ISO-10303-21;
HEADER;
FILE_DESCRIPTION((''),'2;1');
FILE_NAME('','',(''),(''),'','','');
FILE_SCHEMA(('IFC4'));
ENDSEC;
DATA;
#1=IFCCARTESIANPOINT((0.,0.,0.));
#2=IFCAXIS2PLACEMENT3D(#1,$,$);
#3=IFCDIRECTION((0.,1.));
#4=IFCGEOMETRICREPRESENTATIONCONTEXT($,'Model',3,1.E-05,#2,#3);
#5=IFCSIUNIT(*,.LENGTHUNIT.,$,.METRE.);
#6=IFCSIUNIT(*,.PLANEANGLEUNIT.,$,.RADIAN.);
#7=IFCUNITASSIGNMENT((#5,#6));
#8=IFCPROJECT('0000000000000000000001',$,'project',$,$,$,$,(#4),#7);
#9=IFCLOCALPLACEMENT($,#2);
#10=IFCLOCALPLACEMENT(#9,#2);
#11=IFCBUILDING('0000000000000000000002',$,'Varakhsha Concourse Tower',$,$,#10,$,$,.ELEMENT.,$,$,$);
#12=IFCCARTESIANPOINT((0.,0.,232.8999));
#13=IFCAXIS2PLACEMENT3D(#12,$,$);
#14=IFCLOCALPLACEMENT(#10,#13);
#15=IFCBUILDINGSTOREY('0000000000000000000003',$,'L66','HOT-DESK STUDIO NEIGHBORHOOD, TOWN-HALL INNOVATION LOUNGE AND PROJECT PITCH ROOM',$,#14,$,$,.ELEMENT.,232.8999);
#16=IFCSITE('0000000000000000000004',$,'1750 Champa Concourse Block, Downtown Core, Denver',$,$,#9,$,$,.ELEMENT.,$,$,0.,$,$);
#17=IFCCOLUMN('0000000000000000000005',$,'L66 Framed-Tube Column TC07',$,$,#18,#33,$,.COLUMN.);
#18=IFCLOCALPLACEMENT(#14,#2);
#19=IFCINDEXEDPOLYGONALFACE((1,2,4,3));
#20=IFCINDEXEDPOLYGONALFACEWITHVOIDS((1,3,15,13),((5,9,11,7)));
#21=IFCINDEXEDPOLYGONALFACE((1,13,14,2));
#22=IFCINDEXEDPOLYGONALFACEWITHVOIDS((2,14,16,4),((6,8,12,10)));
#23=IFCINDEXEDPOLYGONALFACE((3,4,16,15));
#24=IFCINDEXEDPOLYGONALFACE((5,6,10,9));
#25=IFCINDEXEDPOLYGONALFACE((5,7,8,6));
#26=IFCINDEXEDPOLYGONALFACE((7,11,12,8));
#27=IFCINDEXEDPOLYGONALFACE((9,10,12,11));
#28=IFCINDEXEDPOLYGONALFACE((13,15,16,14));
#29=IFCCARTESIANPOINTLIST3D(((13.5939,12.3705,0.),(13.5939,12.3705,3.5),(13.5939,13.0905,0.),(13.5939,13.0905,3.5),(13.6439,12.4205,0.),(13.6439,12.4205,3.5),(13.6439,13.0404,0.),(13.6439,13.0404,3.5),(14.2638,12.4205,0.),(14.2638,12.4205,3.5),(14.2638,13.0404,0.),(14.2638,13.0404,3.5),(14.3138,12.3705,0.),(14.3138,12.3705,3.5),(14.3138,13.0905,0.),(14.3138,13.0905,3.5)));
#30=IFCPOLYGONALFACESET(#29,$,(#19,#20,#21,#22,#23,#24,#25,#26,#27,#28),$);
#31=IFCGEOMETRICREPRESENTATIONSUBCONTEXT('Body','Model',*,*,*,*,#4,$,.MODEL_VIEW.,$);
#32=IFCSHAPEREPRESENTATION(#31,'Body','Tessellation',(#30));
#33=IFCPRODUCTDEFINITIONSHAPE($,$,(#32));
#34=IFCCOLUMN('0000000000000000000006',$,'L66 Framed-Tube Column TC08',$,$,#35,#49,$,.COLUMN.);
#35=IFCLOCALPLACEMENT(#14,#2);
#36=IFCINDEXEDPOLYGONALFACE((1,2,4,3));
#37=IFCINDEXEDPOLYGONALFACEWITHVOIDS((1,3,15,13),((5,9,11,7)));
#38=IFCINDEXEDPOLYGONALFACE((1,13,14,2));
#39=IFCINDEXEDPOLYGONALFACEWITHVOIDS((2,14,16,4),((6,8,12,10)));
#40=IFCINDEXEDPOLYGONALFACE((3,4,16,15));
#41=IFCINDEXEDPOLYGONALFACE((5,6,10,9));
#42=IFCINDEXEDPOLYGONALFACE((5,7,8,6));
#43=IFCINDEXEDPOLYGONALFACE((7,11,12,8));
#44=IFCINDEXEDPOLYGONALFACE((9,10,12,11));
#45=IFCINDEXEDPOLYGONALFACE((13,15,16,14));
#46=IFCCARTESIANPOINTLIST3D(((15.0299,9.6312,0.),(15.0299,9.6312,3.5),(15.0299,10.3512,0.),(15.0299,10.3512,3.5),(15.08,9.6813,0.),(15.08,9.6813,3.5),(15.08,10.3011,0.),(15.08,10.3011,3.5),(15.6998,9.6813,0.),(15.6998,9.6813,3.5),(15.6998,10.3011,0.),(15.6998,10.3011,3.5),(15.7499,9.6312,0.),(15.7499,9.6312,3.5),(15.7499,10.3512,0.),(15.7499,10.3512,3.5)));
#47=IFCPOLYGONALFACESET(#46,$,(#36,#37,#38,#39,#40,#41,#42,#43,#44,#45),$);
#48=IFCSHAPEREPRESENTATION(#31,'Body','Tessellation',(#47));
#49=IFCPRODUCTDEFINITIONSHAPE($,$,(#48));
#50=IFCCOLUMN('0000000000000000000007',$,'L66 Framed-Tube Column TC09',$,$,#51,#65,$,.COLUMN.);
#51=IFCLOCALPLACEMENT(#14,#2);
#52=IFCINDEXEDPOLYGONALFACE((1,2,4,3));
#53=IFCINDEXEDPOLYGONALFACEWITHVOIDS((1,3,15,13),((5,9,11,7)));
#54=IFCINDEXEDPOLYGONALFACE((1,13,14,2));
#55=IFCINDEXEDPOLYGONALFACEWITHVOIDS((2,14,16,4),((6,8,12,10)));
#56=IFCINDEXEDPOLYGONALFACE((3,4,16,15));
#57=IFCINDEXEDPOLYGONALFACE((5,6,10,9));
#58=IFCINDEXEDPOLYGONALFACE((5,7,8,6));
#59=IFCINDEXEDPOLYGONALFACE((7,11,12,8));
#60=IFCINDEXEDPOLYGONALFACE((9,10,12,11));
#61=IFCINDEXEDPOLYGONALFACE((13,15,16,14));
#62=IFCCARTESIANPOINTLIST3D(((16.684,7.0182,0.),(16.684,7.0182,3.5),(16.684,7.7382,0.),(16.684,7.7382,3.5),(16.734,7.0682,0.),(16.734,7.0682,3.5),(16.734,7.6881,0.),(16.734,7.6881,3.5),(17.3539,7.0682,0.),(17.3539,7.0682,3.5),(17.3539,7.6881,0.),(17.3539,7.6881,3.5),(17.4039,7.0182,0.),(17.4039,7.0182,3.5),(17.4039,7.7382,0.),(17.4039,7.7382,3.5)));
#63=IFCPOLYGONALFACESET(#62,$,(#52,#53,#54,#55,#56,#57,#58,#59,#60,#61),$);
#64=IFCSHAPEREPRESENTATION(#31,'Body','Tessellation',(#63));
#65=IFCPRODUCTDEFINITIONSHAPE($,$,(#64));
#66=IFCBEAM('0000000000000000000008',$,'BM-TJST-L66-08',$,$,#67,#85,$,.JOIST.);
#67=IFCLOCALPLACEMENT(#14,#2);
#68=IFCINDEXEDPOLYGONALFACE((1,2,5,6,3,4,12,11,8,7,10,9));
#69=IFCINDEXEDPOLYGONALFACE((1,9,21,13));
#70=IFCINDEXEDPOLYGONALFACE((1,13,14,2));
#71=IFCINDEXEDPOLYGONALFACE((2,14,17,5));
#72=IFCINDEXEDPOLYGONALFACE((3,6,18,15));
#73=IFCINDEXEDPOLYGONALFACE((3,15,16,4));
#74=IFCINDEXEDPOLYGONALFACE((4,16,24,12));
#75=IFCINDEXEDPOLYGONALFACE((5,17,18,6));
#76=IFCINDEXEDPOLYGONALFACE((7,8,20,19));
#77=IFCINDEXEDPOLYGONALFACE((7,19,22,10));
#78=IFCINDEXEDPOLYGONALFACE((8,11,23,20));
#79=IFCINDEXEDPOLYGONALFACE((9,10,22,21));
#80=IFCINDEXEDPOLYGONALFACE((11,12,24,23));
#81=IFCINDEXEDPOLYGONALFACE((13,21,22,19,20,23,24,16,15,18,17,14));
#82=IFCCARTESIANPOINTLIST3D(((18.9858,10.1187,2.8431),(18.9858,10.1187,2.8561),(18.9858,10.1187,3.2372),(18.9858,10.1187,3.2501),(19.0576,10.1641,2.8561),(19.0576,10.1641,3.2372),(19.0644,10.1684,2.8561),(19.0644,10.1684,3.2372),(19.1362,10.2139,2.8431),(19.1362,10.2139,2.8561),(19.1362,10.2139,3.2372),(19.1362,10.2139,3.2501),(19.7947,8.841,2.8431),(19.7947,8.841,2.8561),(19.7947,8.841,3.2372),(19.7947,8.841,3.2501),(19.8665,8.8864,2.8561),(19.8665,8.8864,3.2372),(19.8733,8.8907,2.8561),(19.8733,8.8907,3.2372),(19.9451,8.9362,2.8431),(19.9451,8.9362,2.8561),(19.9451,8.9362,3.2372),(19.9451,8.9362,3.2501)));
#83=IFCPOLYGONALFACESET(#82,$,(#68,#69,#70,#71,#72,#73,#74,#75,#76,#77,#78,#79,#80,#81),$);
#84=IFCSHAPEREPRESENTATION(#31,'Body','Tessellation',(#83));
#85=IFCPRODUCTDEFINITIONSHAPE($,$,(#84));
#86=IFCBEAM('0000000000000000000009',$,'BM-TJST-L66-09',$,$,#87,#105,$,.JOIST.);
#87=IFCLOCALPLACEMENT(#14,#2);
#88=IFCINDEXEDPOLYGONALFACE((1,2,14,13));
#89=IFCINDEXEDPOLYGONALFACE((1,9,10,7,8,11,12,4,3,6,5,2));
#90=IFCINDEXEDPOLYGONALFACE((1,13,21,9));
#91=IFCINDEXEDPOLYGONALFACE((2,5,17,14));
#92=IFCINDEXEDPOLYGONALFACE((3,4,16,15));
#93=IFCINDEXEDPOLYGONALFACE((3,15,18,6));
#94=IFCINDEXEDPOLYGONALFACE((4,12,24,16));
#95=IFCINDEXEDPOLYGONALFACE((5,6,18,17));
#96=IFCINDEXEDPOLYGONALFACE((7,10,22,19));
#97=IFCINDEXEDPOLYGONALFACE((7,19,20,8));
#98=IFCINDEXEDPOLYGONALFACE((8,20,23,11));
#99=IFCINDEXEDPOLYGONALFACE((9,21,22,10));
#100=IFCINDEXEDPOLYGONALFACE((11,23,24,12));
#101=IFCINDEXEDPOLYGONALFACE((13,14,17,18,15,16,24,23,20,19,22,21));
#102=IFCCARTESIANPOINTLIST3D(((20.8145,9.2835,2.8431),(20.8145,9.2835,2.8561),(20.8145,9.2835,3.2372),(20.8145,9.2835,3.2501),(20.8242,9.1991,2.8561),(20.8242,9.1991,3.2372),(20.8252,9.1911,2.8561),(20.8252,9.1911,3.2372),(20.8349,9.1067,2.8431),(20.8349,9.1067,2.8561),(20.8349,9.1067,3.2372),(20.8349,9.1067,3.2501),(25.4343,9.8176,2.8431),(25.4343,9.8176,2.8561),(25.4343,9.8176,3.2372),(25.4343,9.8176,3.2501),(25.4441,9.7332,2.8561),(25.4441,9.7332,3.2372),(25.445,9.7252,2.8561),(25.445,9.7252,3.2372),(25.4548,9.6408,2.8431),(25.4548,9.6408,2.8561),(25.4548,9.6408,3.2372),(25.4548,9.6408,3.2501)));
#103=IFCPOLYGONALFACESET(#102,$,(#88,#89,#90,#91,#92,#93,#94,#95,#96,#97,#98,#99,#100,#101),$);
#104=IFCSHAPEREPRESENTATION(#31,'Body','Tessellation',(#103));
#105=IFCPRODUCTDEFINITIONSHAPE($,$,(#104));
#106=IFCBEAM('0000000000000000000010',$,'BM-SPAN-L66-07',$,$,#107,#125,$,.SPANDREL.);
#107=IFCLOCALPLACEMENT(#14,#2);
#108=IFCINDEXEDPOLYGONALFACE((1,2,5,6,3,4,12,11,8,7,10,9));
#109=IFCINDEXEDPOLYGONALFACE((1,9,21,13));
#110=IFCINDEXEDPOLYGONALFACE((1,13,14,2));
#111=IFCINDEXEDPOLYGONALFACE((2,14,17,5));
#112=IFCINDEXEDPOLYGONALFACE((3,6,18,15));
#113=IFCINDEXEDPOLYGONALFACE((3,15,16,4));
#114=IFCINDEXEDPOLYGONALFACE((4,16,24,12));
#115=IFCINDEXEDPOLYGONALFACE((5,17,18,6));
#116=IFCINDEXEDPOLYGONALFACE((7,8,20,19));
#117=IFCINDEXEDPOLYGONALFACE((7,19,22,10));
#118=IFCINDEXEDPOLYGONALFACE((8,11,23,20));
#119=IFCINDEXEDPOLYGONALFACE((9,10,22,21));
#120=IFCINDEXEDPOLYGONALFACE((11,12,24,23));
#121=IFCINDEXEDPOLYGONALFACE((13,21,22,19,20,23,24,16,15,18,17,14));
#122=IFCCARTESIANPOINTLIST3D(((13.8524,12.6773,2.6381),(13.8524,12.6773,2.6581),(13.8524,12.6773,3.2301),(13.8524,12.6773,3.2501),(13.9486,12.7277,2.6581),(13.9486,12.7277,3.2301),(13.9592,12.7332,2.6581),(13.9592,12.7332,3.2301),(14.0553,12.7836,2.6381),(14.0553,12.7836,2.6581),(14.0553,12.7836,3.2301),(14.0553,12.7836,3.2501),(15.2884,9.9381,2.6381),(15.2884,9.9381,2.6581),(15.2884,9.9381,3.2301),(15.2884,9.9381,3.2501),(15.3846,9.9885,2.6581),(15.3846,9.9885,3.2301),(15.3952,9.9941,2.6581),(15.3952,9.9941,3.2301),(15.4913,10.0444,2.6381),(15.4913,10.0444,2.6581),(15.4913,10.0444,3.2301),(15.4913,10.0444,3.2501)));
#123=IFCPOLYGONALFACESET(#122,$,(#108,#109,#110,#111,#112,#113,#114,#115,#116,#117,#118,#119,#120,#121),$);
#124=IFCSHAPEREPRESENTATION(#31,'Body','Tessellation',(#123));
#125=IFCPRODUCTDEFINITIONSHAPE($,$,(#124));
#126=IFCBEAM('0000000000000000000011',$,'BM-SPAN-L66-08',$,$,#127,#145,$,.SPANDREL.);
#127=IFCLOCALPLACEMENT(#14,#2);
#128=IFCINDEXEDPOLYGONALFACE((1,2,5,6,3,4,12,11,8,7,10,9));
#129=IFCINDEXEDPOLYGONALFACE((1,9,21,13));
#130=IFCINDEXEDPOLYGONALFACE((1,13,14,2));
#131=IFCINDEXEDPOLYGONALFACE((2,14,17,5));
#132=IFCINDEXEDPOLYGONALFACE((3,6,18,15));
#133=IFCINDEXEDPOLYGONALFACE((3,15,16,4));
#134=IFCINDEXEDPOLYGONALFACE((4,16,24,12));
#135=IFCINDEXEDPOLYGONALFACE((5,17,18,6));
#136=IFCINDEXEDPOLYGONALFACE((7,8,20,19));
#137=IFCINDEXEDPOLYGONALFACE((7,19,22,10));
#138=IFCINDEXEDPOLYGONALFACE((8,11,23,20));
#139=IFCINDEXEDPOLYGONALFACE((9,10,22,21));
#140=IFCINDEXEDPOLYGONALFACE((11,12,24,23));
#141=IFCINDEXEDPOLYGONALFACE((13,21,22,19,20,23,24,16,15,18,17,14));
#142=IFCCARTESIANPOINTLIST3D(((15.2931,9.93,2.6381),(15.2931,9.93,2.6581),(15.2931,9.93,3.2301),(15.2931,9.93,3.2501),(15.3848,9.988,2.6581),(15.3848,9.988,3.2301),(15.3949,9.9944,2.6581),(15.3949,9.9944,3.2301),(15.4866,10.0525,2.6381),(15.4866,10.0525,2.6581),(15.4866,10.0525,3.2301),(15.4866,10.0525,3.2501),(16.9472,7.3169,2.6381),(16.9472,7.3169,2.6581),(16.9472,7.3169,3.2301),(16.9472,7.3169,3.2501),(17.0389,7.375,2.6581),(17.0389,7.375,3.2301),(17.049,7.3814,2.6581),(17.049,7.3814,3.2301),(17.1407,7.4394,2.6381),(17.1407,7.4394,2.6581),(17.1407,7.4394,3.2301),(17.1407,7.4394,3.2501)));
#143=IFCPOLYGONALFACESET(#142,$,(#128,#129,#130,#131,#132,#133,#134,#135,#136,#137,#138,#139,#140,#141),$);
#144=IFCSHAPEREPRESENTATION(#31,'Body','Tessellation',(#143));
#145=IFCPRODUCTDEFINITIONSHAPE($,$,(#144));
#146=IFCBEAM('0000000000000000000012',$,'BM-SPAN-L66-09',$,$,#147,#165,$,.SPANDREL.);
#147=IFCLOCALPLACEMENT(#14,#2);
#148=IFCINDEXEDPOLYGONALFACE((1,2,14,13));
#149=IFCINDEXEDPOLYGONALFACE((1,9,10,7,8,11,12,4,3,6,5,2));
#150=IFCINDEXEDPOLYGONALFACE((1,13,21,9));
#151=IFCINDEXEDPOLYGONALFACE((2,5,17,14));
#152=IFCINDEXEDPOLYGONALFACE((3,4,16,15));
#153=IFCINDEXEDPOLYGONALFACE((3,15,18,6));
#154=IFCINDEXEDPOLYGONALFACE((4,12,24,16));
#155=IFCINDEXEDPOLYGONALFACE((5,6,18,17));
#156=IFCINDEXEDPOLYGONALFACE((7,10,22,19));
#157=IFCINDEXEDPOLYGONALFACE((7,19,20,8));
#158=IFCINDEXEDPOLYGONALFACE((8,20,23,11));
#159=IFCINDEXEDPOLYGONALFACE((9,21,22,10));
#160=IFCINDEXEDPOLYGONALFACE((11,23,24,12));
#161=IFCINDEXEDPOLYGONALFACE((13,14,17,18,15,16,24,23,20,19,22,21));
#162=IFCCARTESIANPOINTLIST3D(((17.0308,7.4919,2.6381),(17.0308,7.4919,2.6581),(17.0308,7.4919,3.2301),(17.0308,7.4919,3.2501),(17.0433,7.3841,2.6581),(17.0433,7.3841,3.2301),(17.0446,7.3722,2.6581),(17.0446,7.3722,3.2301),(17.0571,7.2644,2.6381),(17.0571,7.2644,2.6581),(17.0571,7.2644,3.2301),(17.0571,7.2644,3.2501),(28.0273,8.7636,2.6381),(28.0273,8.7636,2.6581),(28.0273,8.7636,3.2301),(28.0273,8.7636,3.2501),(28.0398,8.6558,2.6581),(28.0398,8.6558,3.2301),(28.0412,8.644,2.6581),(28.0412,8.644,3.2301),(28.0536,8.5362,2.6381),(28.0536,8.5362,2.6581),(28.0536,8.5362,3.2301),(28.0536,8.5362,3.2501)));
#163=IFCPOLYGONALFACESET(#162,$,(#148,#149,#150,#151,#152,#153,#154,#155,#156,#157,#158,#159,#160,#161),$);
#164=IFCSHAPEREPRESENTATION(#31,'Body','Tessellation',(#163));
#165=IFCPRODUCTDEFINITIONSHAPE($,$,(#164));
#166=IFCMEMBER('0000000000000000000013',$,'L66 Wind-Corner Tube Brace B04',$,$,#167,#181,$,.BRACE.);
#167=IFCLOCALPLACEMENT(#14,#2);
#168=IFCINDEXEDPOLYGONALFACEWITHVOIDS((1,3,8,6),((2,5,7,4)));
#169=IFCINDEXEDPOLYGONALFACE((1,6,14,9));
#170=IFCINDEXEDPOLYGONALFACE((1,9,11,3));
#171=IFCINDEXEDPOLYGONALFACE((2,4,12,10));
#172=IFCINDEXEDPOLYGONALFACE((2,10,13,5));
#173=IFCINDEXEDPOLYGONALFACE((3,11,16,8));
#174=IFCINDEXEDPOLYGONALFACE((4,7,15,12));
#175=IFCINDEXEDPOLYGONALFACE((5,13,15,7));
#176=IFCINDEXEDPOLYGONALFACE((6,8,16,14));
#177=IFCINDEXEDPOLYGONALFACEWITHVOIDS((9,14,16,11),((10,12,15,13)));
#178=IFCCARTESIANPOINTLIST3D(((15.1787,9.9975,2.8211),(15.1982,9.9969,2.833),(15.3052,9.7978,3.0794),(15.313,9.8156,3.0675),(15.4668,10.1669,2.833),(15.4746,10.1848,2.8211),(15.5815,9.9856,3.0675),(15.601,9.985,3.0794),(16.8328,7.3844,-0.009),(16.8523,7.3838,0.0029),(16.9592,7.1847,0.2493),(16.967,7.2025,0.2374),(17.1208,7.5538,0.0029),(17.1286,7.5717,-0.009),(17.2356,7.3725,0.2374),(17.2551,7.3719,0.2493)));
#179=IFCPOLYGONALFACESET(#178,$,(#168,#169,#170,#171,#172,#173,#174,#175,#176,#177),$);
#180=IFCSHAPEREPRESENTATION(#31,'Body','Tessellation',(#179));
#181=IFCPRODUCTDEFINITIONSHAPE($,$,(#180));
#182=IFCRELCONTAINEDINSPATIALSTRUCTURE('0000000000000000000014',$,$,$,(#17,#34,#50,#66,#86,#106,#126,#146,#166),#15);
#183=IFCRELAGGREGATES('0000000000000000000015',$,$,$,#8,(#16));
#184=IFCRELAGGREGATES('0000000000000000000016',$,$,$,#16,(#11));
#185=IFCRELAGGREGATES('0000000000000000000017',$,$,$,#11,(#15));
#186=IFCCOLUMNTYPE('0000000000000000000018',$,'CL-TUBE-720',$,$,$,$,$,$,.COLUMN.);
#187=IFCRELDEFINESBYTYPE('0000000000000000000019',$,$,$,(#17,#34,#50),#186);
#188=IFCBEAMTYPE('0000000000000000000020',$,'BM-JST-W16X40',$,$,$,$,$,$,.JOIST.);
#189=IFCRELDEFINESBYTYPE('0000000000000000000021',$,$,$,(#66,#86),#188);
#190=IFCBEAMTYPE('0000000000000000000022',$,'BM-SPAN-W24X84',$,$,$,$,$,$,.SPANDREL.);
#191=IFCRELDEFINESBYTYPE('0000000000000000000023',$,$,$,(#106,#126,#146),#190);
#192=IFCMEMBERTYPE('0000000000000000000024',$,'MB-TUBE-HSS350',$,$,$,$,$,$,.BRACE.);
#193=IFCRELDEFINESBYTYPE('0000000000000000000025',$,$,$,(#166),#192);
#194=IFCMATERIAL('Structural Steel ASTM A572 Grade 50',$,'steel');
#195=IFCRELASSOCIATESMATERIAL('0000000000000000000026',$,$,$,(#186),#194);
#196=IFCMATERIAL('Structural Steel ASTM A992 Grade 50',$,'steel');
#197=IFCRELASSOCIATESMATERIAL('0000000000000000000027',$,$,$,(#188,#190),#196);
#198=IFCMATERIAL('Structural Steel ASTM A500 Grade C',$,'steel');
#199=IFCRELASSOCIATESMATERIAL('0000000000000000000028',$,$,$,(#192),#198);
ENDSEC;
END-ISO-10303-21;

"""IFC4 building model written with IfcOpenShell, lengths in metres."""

from ifc_helpers import new_model, si_unit, direction, frame, origin, origin_2d, place, context, subcontext, project, spatial, hollow_rectangle, i_section, extrude, source, transform, mapped, material, material_profile, profile_set, type_object, element, save


model = new_model("IFC4")

# Units and contexts
model_context = context("Model", 3, precision=1e-05, world=origin(), true_north=direction((0.0, 1.0)))
body_context = subcontext(model_context, "Body", "Model", "MODEL_VIEW")
ifc_project = project(units=[si_unit("LENGTHUNIT", "METRE"), si_unit("PLANEANGLEUNIT", "RADIAN")], contexts=[model_context])

# Site, building, storey
site_placement = place(None, origin())
site = spatial("IfcSite", under=ifc_project, at=site_placement, Name="1750 Champa Concourse Block, Downtown Core, Denver", CompositionType="ELEMENT", RefElevation=0.0)
building_placement = place(site_placement, origin())
building = spatial("IfcBuilding", under=site, at=building_placement, Name="Varakhsha Concourse Tower", CompositionType="ELEMENT")
storey_placement = place(building_placement, frame((0.0, 0.0, 232.8999)))
storey = spatial("IfcBuildingStorey", under=building, at=storey_placement, Name="L66", Description="HOT-DESK STUDIO NEIGHBORHOOD, TOWN-HALL INNOVATION LOUNGE AND PROJECT PITCH ROOM", CompositionType="ELEMENT", Elevation=232.8999)

# Columns
ifc_material_1 = material(Name="Structural Steel ASTM A572 Grade 50", Category="steel")
ifc_material_profile_1 = material_profile(ifc_material_1, hollow_rectangle(XDim=0.72, YDim=0.72, WallThickness=0.05, at=origin_2d()), Name="BOX 720x720x50")
ifc_profile_set_1 = profile_set([ifc_material_profile_1], Name="Structural Steel ASTM A572 Grade 50")
column_type = type_object("IfcColumnType", Name="CL-TUBE-720", PredefinedType="COLUMN", material=ifc_profile_set_1)
for number, where, z_axis, x_axis, name in (
    (1, (13.9539, 12.7305, 0.0), (0.0, 0.0, 1.0), (1.0, 0.0, 0.0), "L66 Framed-Tube Column TC07"),
    (2, (15.3899, 9.9912, 0.0), (0.0, 0.0, 1.0), (1.0, 0.0, 0.0), "L66 Framed-Tube Column TC08"),
    (3, (17.0439, 7.3782, 0.0), (0.0, 0.0, 1.0), (1.0, 0.0, 0.0), "L66 Framed-Tube Column TC09"),
):
    element("IfcColumn", number, at=place(storey_placement, frame(where, z_axis=z_axis, x_axis=x_axis)), inside=storey, type_object=column_type, Name=name, PredefinedType="COLUMN", context=body_context, shape_type="SweptSolid", body=[
        extrude(hollow_rectangle(XDim=0.72, YDim=0.72, WallThickness=0.05, at=origin_2d()), origin(), (0.0, 0.0, 1.0), 3.5),
    ])

# Beams
ifc_material_2 = material(Name="Structural Steel ASTM A992 Grade 50", Category="steel")
ifc_material_profile_2 = material_profile(ifc_material_2, i_section(OverallWidth=0.178, OverallDepth=0.407, WebThickness=0.0081, FlangeThickness=0.0129, at=origin_2d()), Name="W16X40")
ifc_profile_set_2 = profile_set([ifc_material_profile_2], Name="Structural Steel ASTM A992 Grade 50")
beam_type_1 = type_object("IfcBeamType", Name="BM-JST-W16X40", PredefinedType="JOIST", material=ifc_profile_set_2)
beam_1_placement = place(storey_placement, frame((19.061, 10.1663, 3.0466), z_axis=(0.53491, -0.844909, 0.0), x_axis=(0.844909, 0.53491, 0.0)))
element("IfcBeam", 4, at=beam_1_placement, inside=storey, type_object=beam_type_1, Name="BM-TJST-L66-08", PredefinedType="JOIST", context=body_context, shape_type="SweptSolid", body=[
    extrude(i_section(OverallWidth=0.178, OverallDepth=0.407, WebThickness=0.0081, FlangeThickness=0.0129, at=origin_2d()), origin(), (0.0, 0.0, 1.0), 1.5122),
])
beam_2_placement = place(storey_placement, frame((20.8247, 9.1951, 3.0466), z_axis=(0.993382, 0.114861, 0.0), x_axis=(-0.114861, 0.993382, 0.0)))
element("IfcBeam", 5, at=beam_2_placement, inside=storey, type_object=beam_type_1, Name="BM-TJST-L66-09", PredefinedType="JOIST", context=body_context, shape_type="SweptSolid", body=[
    extrude(i_section(OverallWidth=0.178, OverallDepth=0.407, WebThickness=0.0081, FlangeThickness=0.0129, at=origin_2d()), origin(), (0.0, 0.0, 1.0), 4.6506),
])
ifc_material_profile_3 = material_profile(ifc_material_2, i_section(OverallWidth=0.229, OverallDepth=0.6121, WebThickness=0.012, FlangeThickness=0.02, at=origin_2d()), Name="W24X84")
ifc_profile_set_3 = profile_set([ifc_material_profile_3], Name="Structural Steel ASTM A992 Grade 50")
beam_type_2 = type_object("IfcBeamType", Name="BM-SPAN-W24X84", PredefinedType="SPANDREL", material=ifc_profile_set_3)
beam_3_placement = place(storey_placement, frame((13.9539, 12.7305, 2.9441), z_axis=(0.464308, -0.885674, 0.0), x_axis=(0.885674, 0.464308, 0.0)))
element("IfcBeam", 6, at=beam_3_placement, inside=storey, type_object=beam_type_2, Name="BM-SPAN-L66-07", PredefinedType="SPANDREL", context=body_context, shape_type="SweptSolid", body=[
    extrude(i_section(OverallWidth=0.229, OverallDepth=0.6121, WebThickness=0.012, FlangeThickness=0.02, at=origin_2d()), origin(), (0.0, 0.0, 1.0), 3.0928),
])
beam_4_placement = place(storey_placement, frame((15.3899, 9.9912, 2.9441), z_axis=(0.534851, -0.844946, 0.0), x_axis=(0.844946, 0.534851, 0.0)))
element("IfcBeam", 7, at=beam_4_placement, inside=storey, type_object=beam_type_2, Name="BM-SPAN-L66-08", PredefinedType="SPANDREL", context=body_context, shape_type="SweptSolid", body=[
    extrude(i_section(OverallWidth=0.229, OverallDepth=0.6121, WebThickness=0.012, FlangeThickness=0.02, at=origin_2d()), origin(), (0.0, 0.0, 1.0), 3.0925),
])
beam_5_placement = place(storey_placement, frame((17.0439, 7.3782, 2.9441), z_axis=(0.993379, 0.114882, 0.0), x_axis=(-0.114882, 0.993379, 0.0)))
element("IfcBeam", 8, at=beam_5_placement, inside=storey, type_object=beam_type_2, Name="BM-SPAN-L66-09", PredefinedType="SPANDREL", context=body_context, shape_type="SweptSolid", body=[
    extrude(i_section(OverallWidth=0.229, OverallDepth=0.6121, WebThickness=0.012, FlangeThickness=0.02, at=origin_2d()), origin(), (0.0, 0.0, 1.0), 11.0698),
])

# Member
ifc_material_3 = material(Name="Structural Steel ASTM A500 Grade C", Category="steel")
ifc_material_profile_4 = material_profile(ifc_material_3, hollow_rectangle(XDim=0.3501, YDim=0.3501, WallThickness=0.0161, at=origin_2d()), Name="HSS 350x350x16")
ifc_profile_set_4 = profile_set([ifc_material_profile_4], Name="Structural Steel ASTM A500 Grade C")
member_type_1 = type_object("IfcMemberType", Name="MB-TUBE-HSS350", PredefinedType="BRACE", material=ifc_profile_set_4)
shared_shape_1 = source(origin(), body_context, "Body", "SweptSolid", [
    extrude(hollow_rectangle(XDim=0.3501, YDim=0.3501, WallThickness=0.0161, at=origin_2d()), origin(), (0.0, 0.0, 1.0), 4.1921),
])
member_1_placement = place(storey_placement, frame((17.0439, 7.3782, 0.1201), z_axis=(-0.39457, 0.623333, 0.675108), x_axis=(-0.844946, -0.534851, 0.0)))
element("IfcMember", 9, at=member_1_placement, inside=storey, type_object=member_type_1, Name="L66 Wind-Corner Tube Brace B04", PredefinedType="BRACE", context=body_context, shape_type="MappedRepresentation", body=[
    mapped(shared_shape_1, transform((0.0, 0.0, 0.0), scale=1.0)),
])

save(model, "model.ifc")
